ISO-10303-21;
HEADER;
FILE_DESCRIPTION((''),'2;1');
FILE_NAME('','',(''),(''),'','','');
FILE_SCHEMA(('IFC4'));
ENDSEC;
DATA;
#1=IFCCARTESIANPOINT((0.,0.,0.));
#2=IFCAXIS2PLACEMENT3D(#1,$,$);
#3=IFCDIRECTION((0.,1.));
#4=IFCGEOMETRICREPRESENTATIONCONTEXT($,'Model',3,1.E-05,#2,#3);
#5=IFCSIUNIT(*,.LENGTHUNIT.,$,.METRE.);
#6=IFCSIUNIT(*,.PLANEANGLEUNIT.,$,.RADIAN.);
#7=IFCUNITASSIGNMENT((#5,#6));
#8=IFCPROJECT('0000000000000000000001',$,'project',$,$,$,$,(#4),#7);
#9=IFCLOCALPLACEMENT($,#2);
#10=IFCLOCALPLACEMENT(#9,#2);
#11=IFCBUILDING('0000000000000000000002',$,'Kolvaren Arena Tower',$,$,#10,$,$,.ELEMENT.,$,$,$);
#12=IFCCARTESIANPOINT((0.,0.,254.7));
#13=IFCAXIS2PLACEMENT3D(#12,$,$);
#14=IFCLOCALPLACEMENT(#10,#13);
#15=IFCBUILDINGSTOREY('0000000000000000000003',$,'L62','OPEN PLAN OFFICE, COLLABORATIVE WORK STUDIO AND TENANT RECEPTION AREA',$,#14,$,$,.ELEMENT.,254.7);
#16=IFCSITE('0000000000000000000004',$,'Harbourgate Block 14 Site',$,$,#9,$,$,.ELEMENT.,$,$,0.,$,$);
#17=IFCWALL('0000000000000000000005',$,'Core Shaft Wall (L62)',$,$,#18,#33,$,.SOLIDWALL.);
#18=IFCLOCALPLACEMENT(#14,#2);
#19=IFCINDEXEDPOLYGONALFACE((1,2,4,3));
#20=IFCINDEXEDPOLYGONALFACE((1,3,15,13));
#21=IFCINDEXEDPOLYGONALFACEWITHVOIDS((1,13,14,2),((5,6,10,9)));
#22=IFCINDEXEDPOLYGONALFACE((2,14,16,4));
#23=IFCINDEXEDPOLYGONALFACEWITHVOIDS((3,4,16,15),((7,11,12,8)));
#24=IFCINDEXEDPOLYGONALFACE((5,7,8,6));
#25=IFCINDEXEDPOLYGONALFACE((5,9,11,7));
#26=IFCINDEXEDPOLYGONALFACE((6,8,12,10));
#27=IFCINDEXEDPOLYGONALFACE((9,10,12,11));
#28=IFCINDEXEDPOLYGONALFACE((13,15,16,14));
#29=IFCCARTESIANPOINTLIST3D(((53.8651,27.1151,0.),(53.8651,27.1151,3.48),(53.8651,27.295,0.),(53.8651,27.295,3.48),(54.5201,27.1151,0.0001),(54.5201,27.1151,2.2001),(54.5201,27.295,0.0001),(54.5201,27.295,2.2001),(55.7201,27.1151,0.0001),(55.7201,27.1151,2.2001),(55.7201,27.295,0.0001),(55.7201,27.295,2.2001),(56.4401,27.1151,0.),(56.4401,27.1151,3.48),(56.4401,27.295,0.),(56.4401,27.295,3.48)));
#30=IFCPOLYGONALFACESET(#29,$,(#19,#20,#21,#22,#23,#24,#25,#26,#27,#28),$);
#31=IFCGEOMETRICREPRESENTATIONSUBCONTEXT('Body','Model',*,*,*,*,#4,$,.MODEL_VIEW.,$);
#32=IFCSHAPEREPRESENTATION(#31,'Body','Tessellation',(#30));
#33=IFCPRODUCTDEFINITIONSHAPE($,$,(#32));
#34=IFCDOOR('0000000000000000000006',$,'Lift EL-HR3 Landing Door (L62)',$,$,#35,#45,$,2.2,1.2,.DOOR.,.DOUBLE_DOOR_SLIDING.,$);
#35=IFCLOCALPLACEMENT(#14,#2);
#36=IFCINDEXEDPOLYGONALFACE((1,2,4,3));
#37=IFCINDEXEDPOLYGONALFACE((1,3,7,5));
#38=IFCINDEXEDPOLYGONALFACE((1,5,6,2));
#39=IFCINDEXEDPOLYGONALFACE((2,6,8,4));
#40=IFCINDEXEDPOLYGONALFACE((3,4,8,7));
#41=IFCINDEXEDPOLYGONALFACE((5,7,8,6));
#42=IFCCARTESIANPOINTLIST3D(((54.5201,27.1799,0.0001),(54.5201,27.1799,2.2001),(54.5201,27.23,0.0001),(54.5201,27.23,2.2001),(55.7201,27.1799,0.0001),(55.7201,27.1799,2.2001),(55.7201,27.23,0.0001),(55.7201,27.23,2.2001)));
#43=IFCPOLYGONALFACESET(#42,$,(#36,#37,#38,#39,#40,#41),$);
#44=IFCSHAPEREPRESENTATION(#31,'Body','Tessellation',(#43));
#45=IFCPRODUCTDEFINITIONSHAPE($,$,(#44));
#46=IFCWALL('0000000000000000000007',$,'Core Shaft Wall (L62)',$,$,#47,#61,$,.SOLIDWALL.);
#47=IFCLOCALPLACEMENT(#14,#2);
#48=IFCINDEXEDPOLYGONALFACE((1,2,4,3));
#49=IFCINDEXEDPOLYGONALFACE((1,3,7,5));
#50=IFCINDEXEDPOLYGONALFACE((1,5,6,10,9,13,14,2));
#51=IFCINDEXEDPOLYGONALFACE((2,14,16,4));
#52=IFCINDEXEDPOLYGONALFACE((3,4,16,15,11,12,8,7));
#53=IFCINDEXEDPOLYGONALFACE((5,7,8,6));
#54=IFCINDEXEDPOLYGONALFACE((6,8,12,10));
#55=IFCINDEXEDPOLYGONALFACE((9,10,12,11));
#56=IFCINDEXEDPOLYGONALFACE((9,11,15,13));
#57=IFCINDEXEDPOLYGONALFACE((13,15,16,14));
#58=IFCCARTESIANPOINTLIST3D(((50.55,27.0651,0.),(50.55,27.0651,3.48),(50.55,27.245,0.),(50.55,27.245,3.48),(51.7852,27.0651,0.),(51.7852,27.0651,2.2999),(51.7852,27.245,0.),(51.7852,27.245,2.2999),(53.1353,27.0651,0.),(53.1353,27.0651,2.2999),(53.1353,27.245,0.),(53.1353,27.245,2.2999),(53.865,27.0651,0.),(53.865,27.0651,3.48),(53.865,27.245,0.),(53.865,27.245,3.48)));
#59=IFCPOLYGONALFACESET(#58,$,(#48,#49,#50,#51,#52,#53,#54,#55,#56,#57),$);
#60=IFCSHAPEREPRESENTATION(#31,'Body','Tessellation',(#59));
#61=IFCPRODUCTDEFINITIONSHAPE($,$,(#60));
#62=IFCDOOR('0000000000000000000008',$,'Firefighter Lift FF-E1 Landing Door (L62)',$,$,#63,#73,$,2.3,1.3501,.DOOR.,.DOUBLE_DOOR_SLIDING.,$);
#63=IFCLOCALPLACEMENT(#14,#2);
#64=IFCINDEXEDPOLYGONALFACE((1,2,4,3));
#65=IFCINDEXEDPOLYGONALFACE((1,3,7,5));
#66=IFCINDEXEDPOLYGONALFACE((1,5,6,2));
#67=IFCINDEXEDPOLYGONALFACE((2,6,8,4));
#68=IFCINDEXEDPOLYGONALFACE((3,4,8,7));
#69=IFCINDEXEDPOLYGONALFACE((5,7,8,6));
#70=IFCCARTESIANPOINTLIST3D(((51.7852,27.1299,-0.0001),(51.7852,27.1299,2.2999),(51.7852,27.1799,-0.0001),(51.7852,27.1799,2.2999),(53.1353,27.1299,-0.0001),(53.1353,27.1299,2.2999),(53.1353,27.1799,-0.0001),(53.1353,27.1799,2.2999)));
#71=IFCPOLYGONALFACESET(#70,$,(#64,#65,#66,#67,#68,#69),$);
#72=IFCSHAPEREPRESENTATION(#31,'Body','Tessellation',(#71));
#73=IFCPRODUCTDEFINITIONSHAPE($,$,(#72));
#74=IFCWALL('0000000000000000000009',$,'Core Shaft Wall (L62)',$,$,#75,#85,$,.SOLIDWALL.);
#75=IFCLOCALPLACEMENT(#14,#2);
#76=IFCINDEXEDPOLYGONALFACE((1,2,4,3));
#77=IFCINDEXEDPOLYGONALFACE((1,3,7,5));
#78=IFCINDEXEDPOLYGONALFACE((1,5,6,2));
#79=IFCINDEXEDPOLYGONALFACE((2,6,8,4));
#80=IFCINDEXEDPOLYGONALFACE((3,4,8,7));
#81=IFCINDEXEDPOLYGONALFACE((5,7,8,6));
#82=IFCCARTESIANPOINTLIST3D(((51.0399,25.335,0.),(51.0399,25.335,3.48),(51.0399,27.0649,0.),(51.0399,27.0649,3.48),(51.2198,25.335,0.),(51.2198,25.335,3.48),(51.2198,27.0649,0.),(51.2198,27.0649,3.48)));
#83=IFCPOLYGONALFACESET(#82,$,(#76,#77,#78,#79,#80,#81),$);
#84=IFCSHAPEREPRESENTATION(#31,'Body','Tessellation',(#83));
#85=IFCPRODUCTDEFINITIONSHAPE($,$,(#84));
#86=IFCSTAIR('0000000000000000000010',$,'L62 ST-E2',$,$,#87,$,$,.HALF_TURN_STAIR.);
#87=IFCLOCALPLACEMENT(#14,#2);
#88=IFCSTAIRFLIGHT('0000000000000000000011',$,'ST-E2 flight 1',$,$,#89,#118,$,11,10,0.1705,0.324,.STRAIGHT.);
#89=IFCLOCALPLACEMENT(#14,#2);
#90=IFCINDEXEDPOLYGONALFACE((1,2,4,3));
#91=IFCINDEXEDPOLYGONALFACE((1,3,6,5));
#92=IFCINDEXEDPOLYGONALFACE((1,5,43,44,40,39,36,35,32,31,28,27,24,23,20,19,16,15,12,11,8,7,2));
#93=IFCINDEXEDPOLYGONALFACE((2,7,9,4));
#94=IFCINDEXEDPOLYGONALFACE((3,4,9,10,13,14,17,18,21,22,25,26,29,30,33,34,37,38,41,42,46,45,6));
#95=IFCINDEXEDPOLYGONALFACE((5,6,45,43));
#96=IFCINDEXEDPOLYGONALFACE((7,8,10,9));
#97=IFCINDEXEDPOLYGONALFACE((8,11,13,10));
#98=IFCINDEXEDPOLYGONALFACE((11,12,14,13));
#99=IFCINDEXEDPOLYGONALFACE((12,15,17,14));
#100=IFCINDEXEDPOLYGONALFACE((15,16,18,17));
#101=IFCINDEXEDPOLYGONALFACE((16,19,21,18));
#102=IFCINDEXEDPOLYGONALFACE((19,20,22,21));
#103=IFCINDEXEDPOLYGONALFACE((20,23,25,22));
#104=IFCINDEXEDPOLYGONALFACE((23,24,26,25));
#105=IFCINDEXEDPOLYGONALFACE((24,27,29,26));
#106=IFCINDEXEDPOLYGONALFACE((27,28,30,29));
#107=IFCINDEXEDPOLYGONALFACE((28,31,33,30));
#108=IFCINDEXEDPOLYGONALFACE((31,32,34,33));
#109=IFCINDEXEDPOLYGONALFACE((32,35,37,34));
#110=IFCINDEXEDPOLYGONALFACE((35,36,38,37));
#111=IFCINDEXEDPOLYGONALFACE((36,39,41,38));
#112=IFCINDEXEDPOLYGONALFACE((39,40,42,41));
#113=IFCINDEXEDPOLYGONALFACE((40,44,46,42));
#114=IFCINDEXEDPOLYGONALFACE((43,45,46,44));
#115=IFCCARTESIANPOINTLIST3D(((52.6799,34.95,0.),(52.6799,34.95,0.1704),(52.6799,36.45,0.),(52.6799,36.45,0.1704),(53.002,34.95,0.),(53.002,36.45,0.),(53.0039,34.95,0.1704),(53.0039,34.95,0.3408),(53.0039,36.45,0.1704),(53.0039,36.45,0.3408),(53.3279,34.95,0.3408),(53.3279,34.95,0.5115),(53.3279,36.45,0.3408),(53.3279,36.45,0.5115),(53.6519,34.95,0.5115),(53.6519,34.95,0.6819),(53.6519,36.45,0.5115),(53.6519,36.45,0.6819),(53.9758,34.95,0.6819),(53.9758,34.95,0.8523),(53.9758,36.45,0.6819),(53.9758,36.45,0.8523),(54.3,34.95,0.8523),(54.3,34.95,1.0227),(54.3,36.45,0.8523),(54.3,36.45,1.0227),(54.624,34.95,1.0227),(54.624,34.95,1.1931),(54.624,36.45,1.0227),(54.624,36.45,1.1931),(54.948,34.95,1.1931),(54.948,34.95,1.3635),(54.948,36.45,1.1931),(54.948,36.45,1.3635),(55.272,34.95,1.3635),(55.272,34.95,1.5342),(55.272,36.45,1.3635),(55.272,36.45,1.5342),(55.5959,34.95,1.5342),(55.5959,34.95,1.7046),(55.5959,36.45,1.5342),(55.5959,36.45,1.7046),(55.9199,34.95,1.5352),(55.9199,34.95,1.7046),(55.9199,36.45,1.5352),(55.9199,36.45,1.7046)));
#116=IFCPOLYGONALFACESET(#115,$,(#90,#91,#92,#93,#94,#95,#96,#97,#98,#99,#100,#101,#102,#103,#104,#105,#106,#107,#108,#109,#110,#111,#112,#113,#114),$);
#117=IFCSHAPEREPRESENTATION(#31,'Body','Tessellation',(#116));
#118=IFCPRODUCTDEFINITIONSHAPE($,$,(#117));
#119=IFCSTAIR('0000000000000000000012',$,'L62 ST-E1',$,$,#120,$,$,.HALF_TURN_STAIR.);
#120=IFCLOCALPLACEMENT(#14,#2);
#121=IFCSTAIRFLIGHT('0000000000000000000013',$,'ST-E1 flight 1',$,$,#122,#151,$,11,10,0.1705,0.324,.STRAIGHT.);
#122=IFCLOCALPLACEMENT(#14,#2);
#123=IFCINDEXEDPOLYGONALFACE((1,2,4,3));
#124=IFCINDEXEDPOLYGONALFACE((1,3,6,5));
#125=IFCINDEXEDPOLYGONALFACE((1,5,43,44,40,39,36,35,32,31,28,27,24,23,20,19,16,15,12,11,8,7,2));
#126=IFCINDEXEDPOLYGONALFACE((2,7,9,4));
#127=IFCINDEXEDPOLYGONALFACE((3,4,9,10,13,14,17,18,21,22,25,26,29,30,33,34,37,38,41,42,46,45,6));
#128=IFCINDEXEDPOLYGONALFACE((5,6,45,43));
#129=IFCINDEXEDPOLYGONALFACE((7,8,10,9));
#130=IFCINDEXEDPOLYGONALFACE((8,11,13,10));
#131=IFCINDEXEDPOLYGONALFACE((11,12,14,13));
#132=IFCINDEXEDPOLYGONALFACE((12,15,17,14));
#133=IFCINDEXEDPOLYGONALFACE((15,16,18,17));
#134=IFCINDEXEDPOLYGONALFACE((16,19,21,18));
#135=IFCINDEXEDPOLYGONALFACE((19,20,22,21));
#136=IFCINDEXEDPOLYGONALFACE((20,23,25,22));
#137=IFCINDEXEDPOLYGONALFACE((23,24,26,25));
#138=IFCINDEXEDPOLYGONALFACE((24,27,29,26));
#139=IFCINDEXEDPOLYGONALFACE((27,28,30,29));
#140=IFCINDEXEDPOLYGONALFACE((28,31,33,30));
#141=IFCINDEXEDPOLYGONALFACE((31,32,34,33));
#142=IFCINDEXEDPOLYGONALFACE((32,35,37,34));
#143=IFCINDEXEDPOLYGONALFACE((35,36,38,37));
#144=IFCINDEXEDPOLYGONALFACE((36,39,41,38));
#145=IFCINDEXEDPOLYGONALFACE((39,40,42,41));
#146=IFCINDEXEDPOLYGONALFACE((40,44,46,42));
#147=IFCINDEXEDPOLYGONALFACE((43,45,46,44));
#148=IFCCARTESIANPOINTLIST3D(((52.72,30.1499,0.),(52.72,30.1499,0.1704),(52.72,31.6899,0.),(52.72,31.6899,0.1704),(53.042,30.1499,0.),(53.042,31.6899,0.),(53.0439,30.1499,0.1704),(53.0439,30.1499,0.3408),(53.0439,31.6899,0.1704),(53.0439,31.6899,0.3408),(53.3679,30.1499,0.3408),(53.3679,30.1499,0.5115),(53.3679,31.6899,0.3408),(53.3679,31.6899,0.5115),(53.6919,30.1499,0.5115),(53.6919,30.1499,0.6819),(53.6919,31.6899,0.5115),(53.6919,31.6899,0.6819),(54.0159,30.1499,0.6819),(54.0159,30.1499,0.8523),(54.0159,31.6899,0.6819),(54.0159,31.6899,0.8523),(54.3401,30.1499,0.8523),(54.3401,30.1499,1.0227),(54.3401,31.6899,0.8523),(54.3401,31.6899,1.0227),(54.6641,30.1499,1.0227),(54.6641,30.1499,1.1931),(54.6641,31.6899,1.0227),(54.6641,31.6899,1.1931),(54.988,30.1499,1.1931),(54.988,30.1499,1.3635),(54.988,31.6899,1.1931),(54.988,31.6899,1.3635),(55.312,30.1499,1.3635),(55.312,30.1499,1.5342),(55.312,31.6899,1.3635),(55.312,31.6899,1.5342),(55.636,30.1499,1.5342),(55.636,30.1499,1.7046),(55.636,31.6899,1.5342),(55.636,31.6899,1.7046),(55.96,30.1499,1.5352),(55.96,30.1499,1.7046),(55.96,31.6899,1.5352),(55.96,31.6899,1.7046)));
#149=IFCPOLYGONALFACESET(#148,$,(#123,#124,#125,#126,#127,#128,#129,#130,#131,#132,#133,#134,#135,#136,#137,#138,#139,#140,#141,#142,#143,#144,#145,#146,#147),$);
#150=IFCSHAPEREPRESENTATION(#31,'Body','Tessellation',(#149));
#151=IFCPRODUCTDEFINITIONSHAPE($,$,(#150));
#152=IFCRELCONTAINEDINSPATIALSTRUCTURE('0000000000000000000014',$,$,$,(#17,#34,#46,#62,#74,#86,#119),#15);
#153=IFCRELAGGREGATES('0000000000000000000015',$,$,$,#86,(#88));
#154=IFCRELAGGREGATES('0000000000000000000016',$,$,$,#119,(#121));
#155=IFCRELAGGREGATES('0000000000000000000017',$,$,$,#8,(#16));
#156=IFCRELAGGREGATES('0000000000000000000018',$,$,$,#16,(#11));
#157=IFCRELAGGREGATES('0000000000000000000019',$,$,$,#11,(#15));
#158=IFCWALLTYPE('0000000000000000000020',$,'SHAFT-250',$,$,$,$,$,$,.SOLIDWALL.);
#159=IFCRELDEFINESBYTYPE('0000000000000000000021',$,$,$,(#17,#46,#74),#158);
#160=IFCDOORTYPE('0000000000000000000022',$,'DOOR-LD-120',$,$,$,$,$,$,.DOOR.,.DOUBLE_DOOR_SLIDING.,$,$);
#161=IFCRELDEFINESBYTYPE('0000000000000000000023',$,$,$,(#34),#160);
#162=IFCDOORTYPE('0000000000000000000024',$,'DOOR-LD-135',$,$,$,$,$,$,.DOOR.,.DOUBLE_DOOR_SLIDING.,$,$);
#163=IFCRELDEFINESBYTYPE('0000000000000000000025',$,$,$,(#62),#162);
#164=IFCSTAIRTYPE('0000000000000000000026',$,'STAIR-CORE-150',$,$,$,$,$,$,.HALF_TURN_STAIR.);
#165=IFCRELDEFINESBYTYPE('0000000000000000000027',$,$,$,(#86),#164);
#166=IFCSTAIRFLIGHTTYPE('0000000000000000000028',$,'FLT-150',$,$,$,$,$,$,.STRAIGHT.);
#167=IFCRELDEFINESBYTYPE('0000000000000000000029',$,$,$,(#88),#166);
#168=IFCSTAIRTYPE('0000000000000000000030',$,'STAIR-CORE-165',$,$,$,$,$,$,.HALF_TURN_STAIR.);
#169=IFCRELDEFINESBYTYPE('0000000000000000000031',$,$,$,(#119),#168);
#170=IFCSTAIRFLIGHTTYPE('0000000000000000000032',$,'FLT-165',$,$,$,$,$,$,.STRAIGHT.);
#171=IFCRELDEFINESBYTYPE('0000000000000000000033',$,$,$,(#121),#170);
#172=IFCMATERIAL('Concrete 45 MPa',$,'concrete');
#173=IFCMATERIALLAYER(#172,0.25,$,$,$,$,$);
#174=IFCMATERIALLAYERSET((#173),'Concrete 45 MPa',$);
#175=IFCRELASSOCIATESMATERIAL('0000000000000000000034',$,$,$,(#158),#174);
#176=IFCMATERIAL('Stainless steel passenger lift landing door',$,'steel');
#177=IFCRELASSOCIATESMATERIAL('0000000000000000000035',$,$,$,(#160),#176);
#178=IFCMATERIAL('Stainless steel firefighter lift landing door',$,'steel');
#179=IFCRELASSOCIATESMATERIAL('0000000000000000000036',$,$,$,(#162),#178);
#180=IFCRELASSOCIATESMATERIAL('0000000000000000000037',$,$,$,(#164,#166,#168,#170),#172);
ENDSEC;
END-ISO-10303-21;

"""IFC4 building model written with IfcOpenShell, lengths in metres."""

from ifc_helpers import new_model, si_unit, direction, frame, frame_2d, origin, place, context, subcontext, project, spatial, polyline, rectangle, outline, extrude, material, layer, layer_set, type_object, element, fill, aggregate, save


model = new_model("IFC4")

# Units and contexts
model_context = context("Model", 3, precision=1e-05, world=origin(), true_north=direction((0.0, 1.0)))
body_context = subcontext(model_context, "Body", "Model", "MODEL_VIEW")
ifc_project = project(units=[si_unit("LENGTHUNIT", "METRE"), si_unit("PLANEANGLEUNIT", "RADIAN")], contexts=[model_context])

# Site, building, storey
site_placement = place(None, origin())
site = spatial("IfcSite", under=ifc_project, at=site_placement, Name="Harbourgate Block 14 Site", CompositionType="ELEMENT", RefElevation=0.0)
building_placement = place(site_placement, origin())
building = spatial("IfcBuilding", under=site, at=building_placement, Name="Kolvaren Arena Tower", CompositionType="ELEMENT")
storey_placement = place(building_placement, frame((0.0, 0.0, 254.7)))
storey = spatial("IfcBuildingStorey", under=building, at=storey_placement, Name="L62", Description="OPEN PLAN OFFICE, COLLABORATIVE WORK STUDIO AND TENANT RECEPTION AREA", CompositionType="ELEMENT", Elevation=254.7)

# Shared definitions
ifc_material_1 = material(Name="Concrete 45 MPa", Category="concrete")
ifc_layer = layer(ifc_material_1, 0.25)
ifc_layer_set = layer_set([ifc_layer], Name="Concrete 45 MPa")
wall_type = type_object("IfcWallType", Name="SHAFT-250", PredefinedType="SOLIDWALL", material=ifc_layer_set)

# Walls, openings, doors
wall_1_placement = place(storey_placement, frame((53.865, 27.2051, 0.0), z_axis=(0.0, 0.0, 1.0), x_axis=(1.0, 0.0, 0.0)))
wall_1 = element("IfcWall", 1, at=wall_1_placement, inside=storey, type_object=wall_type, Name="Core Shaft Wall (L62)", PredefinedType="SOLIDWALL", context=body_context, shape_type="SweptSolid", body=[
    extrude(rectangle(XDim=2.575, YDim=0.1799, at=frame_2d((1.2876, 0.0))), origin(), (0.0, 0.0, 1.0), 3.48),
])
opening_1_placement = place(wall_1_placement, frame((0.655, 0.0, 0.0)))
opening_1 = element("IfcOpeningElement", 2, at=opening_1_placement, cuts=wall_1, PredefinedType="OPENING", context=body_context, shape_type="SweptSolid", body=[
    extrude(rectangle(XDim=1.2, YDim=2.2, at=frame_2d((0.6001, 1.1001))), frame((0.0, 0.0999, 0.0), z_axis=(0.0, -1.0, 0.0), x_axis=(1.0, 0.0, 0.0)), (0.0, 0.0, 1.0), 0.2),
])
ifc_material_2 = material(Name="Stainless steel passenger lift landing door", Category="steel")
door_type_1 = type_object("IfcDoorType", Name="DOOR-LD-120", OperationType="DOUBLE_DOOR_SLIDING", PredefinedType="DOOR", material=ifc_material_2)
door_1_placement = place(opening_1_placement, origin())
door_1 = element("IfcDoor", 3, at=door_1_placement, inside=storey, type_object=door_type_1, Name="Lift EL-HR3 Landing Door (L62)", OperationType="DOUBLE_DOOR_SLIDING", OverallHeight=2.2, OverallWidth=1.2, PredefinedType="DOOR", context=body_context, shape_type="SweptSolid", body=[
    extrude(rectangle(XDim=1.2, YDim=2.2, at=frame_2d((0.6001, 1.1001))), frame((0.0, 0.0249, 0.0), z_axis=(0.0, -1.0, 0.0), x_axis=(1.0, 0.0, 0.0)), (0.0, 0.0, 1.0), 0.05),
])
fill(opening_1, door_1)
wall_2_placement = place(storey_placement, frame((50.55, 27.155, 0.0), z_axis=(0.0, 0.0, 1.0), x_axis=(1.0, 0.0, 0.0)))
wall_2 = element("IfcWall", 4, at=wall_2_placement, inside=storey, type_object=wall_type, Name="Core Shaft Wall (L62)", PredefinedType="SOLIDWALL", context=body_context, shape_type="SweptSolid", body=[
    extrude(rectangle(XDim=3.3149, YDim=0.1799, at=frame_2d((1.6575, 0.0))), origin(), (0.0, 0.0, 1.0), 3.48),
])
opening_2_placement = place(wall_2_placement, frame((1.2351, 0.0, 0.0)))
opening_2 = element("IfcOpeningElement", 5, at=opening_2_placement, cuts=wall_2, PredefinedType="OPENING", context=body_context, shape_type="SweptSolid", body=[
    extrude(rectangle(XDim=1.3501, YDim=2.3, at=frame_2d((0.675, 1.1499))), frame((0.0, 0.0999, 0.0), z_axis=(0.0, -1.0, 0.0), x_axis=(1.0, 0.0, 0.0)), (0.0, 0.0, 1.0), 0.2),
])
ifc_material_3 = material(Name="Stainless steel firefighter lift landing door", Category="steel")
door_type_2 = type_object("IfcDoorType", Name="DOOR-LD-135", OperationType="DOUBLE_DOOR_SLIDING", PredefinedType="DOOR", material=ifc_material_3)
door_2_placement = place(opening_2_placement, origin())
door_2 = element("IfcDoor", 6, at=door_2_placement, inside=storey, type_object=door_type_2, Name="Firefighter Lift FF-E1 Landing Door (L62)", OperationType="DOUBLE_DOOR_SLIDING", OverallHeight=2.3, OverallWidth=1.3501, PredefinedType="DOOR", context=body_context, shape_type="SweptSolid", body=[
    extrude(rectangle(XDim=1.3501, YDim=2.3, at=frame_2d((0.675, 1.1499))), frame((0.0, 0.0249, 0.0), z_axis=(0.0, -1.0, 0.0), x_axis=(1.0, 0.0, 0.0)), (0.0, 0.0, 1.0), 0.05),
])
fill(opening_2, door_2)

# Wall
wall_3_placement = place(storey_placement, frame((51.1299, 25.335, 0.0), z_axis=(0.0, 0.0, 1.0), x_axis=(0.0, 1.0, 0.0)))
element("IfcWall", 7, at=wall_3_placement, inside=storey, type_object=wall_type, Name="Core Shaft Wall (L62)", PredefinedType="SOLIDWALL", context=body_context, shape_type="SweptSolid", body=[
    extrude(rectangle(XDim=1.73, YDim=0.1799, at=frame_2d((0.865, 0.0))), origin(), (0.0, 0.0, 1.0), 3.48),
])

# Stairs, stair flights
stair_type_1 = type_object("IfcStairType", Name="STAIR-CORE-150", PredefinedType="HALF_TURN_STAIR", material=ifc_material_1)
stair_1_placement = place(storey_placement, origin())
stair_1 = element("IfcStair", 8, at=stair_1_placement, inside=storey, type_object=stair_type_1, Name="L62 ST-E2", PredefinedType="HALF_TURN_STAIR")
stair_flight_type_1 = type_object("IfcStairFlightType", Name="FLT-150", PredefinedType="STRAIGHT", material=ifc_material_1)
stair_flight_1_placement = place(storey_placement, frame((52.6799, 35.7, 0.0), z_axis=(0.0, 0.0, 1.0), x_axis=(1.0, 0.0, 0.0)))
stair_flight_1 = element("IfcStairFlight", 9, at=stair_flight_1_placement, type_object=stair_flight_type_1, Name="ST-E2 flight 1", NumberOfRisers=11, NumberOfTreads=10, PredefinedType="STRAIGHT", RiserHeight=0.1705, TreadLength=0.324, context=body_context, shape_type="SweptSolid", body=[
    extrude(outline(polyline([(0.0, 0.0), (0.0, 0.1704), (0.324, 0.1704), (0.324, 0.3408), (0.6479, 0.3408), (0.6479, 0.5115), (0.9719, 0.5115), (0.9719, 0.6819), (1.2959, 0.6819), (1.2959, 0.8523), (1.6201, 0.8523), (1.6201, 1.0227), (1.9441, 1.0227), (1.9441, 1.1931), (2.2681, 1.1931), (2.2681, 1.3635), (2.592, 1.3635), (2.592, 1.5342), (2.916, 1.5342), (2.916, 1.7046), (3.24, 1.7046), (3.24, 1.875), (3.24, 1.5352), (0.322, 0.0), (0.0, 0.0)])), frame((0.0, 0.75, 0.0), z_axis=(0.0, -1.0, 0.0), x_axis=(1.0, 0.0, 0.0)), (0.0, 0.0, 1.0), 1.5),
])
aggregate(stair_1, [stair_flight_1])
stair_type_2 = type_object("IfcStairType", Name="STAIR-CORE-165", PredefinedType="HALF_TURN_STAIR", material=ifc_material_1)
stair_2_placement = place(storey_placement, origin())
stair_2 = element("IfcStair", 10, at=stair_2_placement, inside=storey, type_object=stair_type_2, Name="L62 ST-E1", PredefinedType="HALF_TURN_STAIR")
stair_flight_type_2 = type_object("IfcStairFlightType", Name="FLT-165", PredefinedType="STRAIGHT", material=ifc_material_1)
stair_flight_2_placement = place(storey_placement, frame((52.72, 30.9199, 0.0), z_axis=(0.0, 0.0, 1.0), x_axis=(1.0, 0.0, 0.0)))
stair_flight_2 = element("IfcStairFlight", 11, at=stair_flight_2_placement, type_object=stair_flight_type_2, Name="ST-E1 flight 1", NumberOfRisers=11, NumberOfTreads=10, PredefinedType="STRAIGHT", RiserHeight=0.1705, TreadLength=0.324, context=body_context, shape_type="SweptSolid", body=[
    extrude(outline(polyline([(0.0, 0.0), (0.0, 0.1704), (0.324, 0.1704), (0.324, 0.3408), (0.6479, 0.3408), (0.6479, 0.5115), (0.9719, 0.5115), (0.9719, 0.6819), (1.2959, 0.6819), (1.2959, 0.8523), (1.6201, 0.8523), (1.6201, 1.0227), (1.9441, 1.0227), (1.9441, 1.1931), (2.2681, 1.1931), (2.2681, 1.3635), (2.592, 1.3635), (2.592, 1.5342), (2.916, 1.5342), (2.916, 1.7046), (3.24, 1.7046), (3.24, 1.875), (3.24, 1.5352), (0.322, 0.0), (0.0, 0.0)])), frame((0.0, 0.77, 0.0), z_axis=(0.0, -1.0, 0.0), x_axis=(1.0, 0.0, 0.0)), (0.0, 0.0, 1.0), 1.54),
])
aggregate(stair_2, [stair_flight_2])

save(model, "model.ifc")
